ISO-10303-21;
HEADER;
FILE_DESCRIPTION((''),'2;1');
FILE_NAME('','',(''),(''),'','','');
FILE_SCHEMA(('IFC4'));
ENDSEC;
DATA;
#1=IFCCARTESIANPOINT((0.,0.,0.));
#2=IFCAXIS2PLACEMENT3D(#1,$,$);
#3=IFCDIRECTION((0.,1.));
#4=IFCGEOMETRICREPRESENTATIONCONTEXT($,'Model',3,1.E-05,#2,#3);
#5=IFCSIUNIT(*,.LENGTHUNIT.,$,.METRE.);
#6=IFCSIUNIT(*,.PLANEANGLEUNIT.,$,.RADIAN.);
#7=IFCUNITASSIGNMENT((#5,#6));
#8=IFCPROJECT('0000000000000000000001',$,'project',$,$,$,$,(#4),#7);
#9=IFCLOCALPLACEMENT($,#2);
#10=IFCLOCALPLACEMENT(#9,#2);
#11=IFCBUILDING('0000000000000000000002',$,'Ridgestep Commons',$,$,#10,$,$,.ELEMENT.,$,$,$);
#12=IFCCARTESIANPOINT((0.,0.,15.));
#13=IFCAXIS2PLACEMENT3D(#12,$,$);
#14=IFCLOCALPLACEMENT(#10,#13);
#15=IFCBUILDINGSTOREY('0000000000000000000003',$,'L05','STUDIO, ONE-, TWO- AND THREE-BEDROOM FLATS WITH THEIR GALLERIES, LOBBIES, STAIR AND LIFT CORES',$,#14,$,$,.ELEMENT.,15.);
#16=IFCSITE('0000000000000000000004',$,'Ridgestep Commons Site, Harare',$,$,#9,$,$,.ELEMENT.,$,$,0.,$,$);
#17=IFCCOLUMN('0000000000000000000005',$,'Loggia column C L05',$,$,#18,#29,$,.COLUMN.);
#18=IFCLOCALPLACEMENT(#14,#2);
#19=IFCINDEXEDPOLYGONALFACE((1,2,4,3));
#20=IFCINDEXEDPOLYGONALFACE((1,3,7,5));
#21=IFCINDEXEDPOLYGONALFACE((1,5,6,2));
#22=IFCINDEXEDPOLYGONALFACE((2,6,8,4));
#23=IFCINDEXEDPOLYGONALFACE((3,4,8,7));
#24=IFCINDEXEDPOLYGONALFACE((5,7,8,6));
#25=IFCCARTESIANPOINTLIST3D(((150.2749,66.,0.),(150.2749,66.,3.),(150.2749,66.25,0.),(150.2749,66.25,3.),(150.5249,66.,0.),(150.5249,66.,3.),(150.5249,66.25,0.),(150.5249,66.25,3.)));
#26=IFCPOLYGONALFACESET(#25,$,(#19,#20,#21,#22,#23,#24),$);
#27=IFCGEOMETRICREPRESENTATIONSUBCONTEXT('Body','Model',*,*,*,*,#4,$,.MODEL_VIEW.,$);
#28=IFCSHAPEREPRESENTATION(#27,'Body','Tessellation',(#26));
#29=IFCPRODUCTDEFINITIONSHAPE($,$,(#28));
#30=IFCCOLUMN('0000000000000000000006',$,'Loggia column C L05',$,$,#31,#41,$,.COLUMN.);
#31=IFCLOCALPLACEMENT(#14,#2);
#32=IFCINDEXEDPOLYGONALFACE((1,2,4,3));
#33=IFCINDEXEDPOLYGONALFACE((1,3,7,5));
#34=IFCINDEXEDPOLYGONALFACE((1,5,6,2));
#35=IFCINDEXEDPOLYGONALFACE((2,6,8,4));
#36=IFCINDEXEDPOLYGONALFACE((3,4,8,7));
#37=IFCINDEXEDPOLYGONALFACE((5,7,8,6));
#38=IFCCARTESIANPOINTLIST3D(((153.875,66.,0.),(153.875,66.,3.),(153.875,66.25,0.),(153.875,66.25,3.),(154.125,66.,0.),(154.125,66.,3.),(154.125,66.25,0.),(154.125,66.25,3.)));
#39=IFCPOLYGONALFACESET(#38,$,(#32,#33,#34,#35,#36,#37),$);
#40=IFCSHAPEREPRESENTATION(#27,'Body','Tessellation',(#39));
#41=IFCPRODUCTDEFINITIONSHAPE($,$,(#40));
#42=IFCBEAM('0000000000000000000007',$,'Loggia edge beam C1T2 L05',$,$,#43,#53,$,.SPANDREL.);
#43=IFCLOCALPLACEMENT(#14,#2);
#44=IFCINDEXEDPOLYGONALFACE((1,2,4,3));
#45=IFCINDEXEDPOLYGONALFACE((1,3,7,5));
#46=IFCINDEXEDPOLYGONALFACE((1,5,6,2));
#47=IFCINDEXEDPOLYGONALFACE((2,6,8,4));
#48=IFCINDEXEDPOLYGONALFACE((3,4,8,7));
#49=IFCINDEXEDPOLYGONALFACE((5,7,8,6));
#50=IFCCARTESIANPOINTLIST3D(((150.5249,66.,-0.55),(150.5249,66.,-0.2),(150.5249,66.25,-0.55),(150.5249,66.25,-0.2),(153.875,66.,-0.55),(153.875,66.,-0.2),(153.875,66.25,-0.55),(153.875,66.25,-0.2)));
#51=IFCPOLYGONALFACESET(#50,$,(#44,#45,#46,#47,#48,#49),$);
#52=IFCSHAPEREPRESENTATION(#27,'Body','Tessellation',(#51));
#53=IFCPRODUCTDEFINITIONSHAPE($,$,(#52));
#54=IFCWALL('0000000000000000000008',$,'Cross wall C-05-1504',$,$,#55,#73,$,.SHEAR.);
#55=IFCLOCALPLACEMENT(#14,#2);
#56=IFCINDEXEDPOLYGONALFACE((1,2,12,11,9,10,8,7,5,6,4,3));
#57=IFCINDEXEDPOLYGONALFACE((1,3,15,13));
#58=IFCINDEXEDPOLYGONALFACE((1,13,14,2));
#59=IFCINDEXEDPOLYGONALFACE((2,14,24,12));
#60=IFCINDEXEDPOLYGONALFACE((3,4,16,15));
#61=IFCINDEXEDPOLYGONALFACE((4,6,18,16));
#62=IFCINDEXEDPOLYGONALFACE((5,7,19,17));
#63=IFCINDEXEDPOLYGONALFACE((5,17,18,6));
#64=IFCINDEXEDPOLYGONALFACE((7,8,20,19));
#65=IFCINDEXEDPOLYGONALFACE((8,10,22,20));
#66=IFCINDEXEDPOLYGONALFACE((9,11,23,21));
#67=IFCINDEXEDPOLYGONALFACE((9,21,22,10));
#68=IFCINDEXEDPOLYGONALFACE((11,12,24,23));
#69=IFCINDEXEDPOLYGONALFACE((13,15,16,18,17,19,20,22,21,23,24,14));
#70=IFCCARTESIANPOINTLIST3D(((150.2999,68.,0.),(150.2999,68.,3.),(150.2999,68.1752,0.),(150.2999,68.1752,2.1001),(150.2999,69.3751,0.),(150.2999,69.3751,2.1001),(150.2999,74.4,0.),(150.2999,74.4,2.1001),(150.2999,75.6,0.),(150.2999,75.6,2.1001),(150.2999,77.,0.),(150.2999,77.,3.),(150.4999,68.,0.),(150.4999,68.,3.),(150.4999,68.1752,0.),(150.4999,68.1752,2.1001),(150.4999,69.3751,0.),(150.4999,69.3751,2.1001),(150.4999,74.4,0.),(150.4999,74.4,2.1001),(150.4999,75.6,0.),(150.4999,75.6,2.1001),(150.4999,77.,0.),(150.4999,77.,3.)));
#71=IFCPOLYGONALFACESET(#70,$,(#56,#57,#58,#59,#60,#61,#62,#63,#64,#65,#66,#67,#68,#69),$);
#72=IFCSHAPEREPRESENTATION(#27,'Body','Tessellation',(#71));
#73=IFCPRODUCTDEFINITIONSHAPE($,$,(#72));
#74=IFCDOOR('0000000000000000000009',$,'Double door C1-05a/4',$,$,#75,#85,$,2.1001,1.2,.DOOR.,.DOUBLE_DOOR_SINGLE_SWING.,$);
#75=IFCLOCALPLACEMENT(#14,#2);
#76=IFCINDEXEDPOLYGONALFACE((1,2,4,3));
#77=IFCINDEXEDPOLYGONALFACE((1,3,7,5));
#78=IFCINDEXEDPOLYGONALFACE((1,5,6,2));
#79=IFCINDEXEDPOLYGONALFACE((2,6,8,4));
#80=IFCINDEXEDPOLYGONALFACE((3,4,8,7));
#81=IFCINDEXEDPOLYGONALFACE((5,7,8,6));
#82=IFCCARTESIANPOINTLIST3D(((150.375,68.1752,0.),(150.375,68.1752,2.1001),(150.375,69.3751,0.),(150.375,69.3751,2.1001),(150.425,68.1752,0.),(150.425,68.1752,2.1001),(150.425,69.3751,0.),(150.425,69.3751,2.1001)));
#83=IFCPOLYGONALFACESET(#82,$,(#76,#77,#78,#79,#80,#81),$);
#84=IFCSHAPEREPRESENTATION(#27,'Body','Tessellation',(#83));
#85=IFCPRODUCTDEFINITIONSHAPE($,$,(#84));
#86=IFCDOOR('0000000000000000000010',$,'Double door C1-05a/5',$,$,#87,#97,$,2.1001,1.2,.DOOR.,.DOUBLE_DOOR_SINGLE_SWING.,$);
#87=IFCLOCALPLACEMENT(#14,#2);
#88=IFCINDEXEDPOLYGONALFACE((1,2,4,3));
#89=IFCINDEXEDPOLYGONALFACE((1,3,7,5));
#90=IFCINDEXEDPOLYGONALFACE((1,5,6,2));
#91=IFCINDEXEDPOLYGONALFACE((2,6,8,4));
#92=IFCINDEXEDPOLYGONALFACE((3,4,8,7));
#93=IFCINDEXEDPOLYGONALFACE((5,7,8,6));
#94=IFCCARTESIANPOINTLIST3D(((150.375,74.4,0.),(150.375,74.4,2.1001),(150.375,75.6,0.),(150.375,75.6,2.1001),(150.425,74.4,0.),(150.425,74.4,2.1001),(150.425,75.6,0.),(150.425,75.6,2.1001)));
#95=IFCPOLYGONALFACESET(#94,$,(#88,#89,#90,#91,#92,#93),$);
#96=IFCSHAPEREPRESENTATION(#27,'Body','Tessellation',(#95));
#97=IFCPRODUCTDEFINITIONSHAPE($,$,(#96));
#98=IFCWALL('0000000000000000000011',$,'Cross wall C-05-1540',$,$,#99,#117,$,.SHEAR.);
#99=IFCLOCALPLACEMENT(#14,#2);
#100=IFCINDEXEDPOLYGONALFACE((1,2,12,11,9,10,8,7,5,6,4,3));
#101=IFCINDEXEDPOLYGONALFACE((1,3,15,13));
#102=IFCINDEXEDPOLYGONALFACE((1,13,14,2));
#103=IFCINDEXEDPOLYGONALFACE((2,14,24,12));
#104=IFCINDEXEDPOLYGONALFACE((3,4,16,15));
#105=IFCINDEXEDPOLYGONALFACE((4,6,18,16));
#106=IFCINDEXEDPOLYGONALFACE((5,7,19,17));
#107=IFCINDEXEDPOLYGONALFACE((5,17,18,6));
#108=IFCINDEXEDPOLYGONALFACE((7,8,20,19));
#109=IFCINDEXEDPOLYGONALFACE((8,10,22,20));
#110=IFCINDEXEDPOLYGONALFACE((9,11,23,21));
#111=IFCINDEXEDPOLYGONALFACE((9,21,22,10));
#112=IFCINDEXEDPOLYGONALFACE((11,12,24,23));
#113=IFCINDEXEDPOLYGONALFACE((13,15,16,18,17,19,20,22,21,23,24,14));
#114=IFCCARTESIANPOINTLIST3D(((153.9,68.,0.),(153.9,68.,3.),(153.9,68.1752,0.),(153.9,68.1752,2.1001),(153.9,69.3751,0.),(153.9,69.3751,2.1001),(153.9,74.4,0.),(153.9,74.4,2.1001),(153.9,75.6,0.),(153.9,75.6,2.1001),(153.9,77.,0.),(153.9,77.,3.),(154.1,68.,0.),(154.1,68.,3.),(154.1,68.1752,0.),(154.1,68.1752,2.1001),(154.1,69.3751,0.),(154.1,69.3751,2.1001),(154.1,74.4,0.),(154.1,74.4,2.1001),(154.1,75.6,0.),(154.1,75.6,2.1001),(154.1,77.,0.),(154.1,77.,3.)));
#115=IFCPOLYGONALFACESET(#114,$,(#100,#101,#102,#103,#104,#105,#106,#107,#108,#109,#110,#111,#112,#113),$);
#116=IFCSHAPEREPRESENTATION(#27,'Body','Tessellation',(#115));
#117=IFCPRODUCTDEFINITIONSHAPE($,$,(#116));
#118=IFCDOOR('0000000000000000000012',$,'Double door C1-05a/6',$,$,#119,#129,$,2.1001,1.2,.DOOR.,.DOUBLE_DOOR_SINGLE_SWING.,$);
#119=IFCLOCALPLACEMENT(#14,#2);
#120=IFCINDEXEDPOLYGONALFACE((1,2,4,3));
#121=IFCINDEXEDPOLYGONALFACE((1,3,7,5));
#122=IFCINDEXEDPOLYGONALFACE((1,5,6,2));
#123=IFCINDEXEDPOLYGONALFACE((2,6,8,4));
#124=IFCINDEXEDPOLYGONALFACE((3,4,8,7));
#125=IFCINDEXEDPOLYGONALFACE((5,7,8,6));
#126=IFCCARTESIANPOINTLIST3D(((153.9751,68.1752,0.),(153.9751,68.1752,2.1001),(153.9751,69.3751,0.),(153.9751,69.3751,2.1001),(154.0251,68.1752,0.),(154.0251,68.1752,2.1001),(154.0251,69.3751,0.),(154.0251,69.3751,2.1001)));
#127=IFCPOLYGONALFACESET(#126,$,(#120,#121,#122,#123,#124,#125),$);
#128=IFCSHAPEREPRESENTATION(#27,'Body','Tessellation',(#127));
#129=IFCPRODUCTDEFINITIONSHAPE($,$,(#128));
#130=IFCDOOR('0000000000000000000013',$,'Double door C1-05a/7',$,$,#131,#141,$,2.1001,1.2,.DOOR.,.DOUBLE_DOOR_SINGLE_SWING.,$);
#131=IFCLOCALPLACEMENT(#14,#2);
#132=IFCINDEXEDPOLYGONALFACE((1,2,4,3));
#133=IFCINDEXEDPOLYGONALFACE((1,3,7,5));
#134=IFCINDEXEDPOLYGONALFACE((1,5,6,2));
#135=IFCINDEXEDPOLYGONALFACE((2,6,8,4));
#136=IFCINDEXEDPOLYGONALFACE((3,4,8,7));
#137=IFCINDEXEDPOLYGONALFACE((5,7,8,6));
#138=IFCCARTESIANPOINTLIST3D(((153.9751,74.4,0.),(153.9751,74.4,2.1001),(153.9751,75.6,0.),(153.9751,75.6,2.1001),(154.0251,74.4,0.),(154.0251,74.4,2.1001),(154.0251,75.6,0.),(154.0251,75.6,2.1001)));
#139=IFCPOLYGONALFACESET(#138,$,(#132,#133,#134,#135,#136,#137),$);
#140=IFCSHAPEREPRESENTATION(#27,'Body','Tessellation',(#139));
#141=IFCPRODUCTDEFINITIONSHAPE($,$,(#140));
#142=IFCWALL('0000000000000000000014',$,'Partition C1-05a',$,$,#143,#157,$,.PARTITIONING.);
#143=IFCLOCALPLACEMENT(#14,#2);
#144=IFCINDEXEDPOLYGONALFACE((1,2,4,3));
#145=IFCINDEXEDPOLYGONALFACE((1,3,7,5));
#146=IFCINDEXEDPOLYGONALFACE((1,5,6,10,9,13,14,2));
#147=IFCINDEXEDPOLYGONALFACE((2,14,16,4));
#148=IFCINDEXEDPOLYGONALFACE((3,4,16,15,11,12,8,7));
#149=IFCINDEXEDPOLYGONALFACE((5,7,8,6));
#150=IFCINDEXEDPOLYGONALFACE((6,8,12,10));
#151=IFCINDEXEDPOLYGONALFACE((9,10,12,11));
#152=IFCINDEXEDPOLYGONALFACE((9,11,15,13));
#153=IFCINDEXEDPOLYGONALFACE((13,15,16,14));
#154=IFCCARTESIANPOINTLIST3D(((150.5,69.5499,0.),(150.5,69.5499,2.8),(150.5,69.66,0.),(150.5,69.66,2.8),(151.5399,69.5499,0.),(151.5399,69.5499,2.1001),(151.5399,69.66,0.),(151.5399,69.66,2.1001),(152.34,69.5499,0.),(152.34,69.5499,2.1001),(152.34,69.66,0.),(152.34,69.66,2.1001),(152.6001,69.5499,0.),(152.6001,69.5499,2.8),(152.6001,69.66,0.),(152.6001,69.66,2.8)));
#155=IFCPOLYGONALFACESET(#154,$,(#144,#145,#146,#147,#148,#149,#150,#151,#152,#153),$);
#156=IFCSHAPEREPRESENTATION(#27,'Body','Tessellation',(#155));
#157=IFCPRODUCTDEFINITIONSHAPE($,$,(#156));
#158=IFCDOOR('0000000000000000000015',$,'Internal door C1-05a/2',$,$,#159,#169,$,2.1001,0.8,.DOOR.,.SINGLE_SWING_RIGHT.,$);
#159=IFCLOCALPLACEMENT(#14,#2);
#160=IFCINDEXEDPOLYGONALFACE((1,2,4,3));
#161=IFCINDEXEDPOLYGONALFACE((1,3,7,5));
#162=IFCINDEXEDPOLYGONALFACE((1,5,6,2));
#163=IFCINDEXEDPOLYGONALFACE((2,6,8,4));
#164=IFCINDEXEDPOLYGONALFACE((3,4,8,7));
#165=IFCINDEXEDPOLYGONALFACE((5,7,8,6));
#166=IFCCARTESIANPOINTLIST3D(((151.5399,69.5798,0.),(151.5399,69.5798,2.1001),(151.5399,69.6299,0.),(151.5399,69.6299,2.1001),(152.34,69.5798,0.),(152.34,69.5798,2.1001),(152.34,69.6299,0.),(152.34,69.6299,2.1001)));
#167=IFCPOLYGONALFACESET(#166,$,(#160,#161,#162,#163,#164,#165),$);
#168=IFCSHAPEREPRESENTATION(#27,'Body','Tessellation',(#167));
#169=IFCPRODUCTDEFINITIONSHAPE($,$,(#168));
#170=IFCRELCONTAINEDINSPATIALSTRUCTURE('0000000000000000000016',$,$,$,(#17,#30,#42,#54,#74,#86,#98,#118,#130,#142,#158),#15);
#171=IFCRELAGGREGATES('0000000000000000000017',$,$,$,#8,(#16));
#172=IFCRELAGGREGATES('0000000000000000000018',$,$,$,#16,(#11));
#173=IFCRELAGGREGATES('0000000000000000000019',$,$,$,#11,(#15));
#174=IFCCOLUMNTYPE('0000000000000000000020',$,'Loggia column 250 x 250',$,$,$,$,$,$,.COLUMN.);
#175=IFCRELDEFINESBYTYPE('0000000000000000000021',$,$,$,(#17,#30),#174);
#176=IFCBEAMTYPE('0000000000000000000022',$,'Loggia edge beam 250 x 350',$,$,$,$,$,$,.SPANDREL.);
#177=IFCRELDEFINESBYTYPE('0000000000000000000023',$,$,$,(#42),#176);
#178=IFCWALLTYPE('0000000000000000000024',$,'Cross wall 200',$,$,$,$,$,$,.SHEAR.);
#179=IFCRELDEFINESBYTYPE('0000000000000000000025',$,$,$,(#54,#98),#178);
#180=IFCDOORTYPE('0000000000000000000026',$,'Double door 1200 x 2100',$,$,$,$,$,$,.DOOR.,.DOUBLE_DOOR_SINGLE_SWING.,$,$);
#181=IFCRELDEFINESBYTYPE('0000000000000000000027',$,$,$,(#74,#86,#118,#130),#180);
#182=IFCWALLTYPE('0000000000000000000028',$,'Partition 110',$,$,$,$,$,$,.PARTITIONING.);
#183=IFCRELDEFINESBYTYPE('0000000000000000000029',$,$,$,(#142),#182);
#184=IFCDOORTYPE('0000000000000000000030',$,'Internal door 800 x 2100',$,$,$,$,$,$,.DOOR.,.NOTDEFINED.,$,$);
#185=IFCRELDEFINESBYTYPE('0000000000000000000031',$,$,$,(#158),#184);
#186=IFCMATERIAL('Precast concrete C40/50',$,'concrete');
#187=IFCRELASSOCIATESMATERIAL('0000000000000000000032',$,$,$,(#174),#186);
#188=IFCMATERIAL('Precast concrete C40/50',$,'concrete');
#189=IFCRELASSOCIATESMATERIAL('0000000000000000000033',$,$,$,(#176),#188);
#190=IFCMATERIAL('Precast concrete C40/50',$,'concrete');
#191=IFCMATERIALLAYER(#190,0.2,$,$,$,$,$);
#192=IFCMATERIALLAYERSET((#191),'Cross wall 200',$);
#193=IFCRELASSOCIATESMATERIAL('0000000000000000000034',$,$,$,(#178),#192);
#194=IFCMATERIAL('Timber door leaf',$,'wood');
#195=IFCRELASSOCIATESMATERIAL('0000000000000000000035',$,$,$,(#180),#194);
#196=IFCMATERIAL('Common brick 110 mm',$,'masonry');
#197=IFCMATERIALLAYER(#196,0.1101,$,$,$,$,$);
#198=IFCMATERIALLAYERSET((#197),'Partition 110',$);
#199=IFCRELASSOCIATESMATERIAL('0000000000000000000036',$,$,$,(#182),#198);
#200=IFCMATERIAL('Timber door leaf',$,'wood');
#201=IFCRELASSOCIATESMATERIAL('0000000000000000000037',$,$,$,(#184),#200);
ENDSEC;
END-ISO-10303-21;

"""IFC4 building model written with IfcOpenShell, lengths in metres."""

from ifc_helpers import new_model, si_unit, direction, frame, frame_2d, origin, origin_2d, place, context, subcontext, project, spatial, rectangle, extrude, material, layer, layer_set, material_profile, profile_set, type_object, element, fill, save


model = new_model("IFC4")

# Units and contexts
model_context = context("Model", 3, precision=1e-05, world=origin(), true_north=direction((0.0, 1.0)))
body_context = subcontext(model_context, "Body", "Model", "MODEL_VIEW")
ifc_project = project(units=[si_unit("LENGTHUNIT", "METRE"), si_unit("PLANEANGLEUNIT", "RADIAN")], contexts=[model_context])

# Site, building, storey
site_placement = place(None, origin())
site = spatial("IfcSite", under=ifc_project, at=site_placement, Name="Ridgestep Commons Site, Harare", CompositionType="ELEMENT", RefElevation=0.0)
building_placement = place(site_placement, origin())
building = spatial("IfcBuilding", under=site, at=building_placement, Name="Ridgestep Commons", CompositionType="ELEMENT")
storey_placement = place(building_placement, frame((0.0, 0.0, 15.0)))
storey = spatial("IfcBuildingStorey", under=building, at=storey_placement, Name="L05", Description="STUDIO, ONE-, TWO- AND THREE-BEDROOM FLATS WITH THEIR GALLERIES, LOBBIES, STAIR AND LIFT CORES", CompositionType="ELEMENT", Elevation=15.0)

# Columns
ifc_material_1 = material(Name="Precast concrete C40/50", Category="concrete")
ifc_material_profile_1 = material_profile(ifc_material_1, rectangle(XDim=0.25, YDim=0.25, at=origin_2d()), Name="PC 250x250")
ifc_profile_set_1 = profile_set([ifc_material_profile_1], Name="Precast concrete C40/50")
column_type = type_object("IfcColumnType", Name="Loggia column 250 x 250", PredefinedType="COLUMN", material=ifc_profile_set_1)
for number, where, z_axis, x_axis, name in (
    (1, (150.3999, 66.125, 0.0), (0.0, 0.0, 1.0), (1.0, 0.0, 0.0), "Loggia column C L05"),
    (2, (154.0, 66.125, 0.0), (0.0, 0.0, 1.0), (1.0, 0.0, 0.0), "Loggia column C L05"),
):
    element("IfcColumn", number, at=place(storey_placement, frame(where, z_axis=z_axis, x_axis=x_axis)), inside=storey, type_object=column_type, Name=name, PredefinedType="COLUMN", context=body_context, shape_type="SweptSolid", body=[
        extrude(rectangle(XDim=0.25, YDim=0.25, at=origin_2d()), origin(), (0.0, 0.0, 1.0), 3.0),
    ])

# Beam
ifc_material_2 = material(Name="Precast concrete C40/50", Category="concrete")
ifc_material_profile_2 = material_profile(ifc_material_2, rectangle(XDim=0.25, YDim=0.3501, at=origin_2d()), Name="PC 250x350")
ifc_profile_set_2 = profile_set([ifc_material_profile_2], Name="Precast concrete C40/50")
beam_type = type_object("IfcBeamType", Name="Loggia edge beam 250 x 350", PredefinedType="SPANDREL", material=ifc_profile_set_2)
beam_placement = place(storey_placement, frame((150.5249, 66.125, -0.375), z_axis=(1.0, 0.0, 0.0), x_axis=(0.0, 1.0, 0.0)))
element("IfcBeam", 3, at=beam_placement, inside=storey, type_object=beam_type, Name="Loggia edge beam C1T2 L05", PredefinedType="SPANDREL", context=body_context, shape_type="SweptSolid", body=[
    extrude(rectangle(XDim=0.25, YDim=0.3501, at=origin_2d()), origin(), (0.0, 0.0, 1.0), 3.3501),
])

# Walls, openings, doors
ifc_material_3 = material(Name="Precast concrete C40/50", Category="concrete")
ifc_layer_1 = layer(ifc_material_3, 0.2)
ifc_layer_set_1 = layer_set([ifc_layer_1], Name="Cross wall 200")
wall_type_1 = type_object("IfcWallType", Name="Cross wall 200", PredefinedType="SHEAR", material=ifc_layer_set_1)
wall_1_placement = place(storey_placement, frame((150.3999, 68.0, 0.0), z_axis=(0.0, 0.0, 1.0), x_axis=(0.0, 1.0, 0.0)))
wall_1 = element("IfcWall", 4, at=wall_1_placement, inside=storey, type_object=wall_type_1, Name="Cross wall C-05-1504", PredefinedType="SHEAR", context=body_context, shape_type="SweptSolid", body=[
    extrude(rectangle(XDim=9.0, YDim=0.2, at=frame_2d((4.5, 0.0))), origin(), (0.0, 0.0, 1.0), 3.0),
])
opening_1_placement = place(wall_1_placement, frame((0.175, 0.0, 0.0)))
opening_1 = element("IfcOpeningElement", 5, at=opening_1_placement, cuts=wall_1, PredefinedType="OPENING", context=body_context, shape_type="SweptSolid", body=[
    extrude(rectangle(XDim=1.2, YDim=2.1001, at=frame_2d((0.6001, 1.05))), frame((0.0, 0.1099, 0.0), z_axis=(0.0, -1.0, 0.0), x_axis=(1.0, 0.0, 0.0)), (0.0, 0.0, 1.0), 0.22),
])
opening_2_placement = place(wall_1_placement, frame((6.3999, 0.0, 0.0)))
opening_2 = element("IfcOpeningElement", 6, at=opening_2_placement, cuts=wall_1, PredefinedType="OPENING", context=body_context, shape_type="SweptSolid", body=[
    extrude(rectangle(XDim=1.2, YDim=2.1001, at=frame_2d((0.6001, 1.05))), frame((0.0, 0.1099, 0.0), z_axis=(0.0, -1.0, 0.0), x_axis=(1.0, 0.0, 0.0)), (0.0, 0.0, 1.0), 0.22),
])
ifc_material_4 = material(Name="Timber door leaf", Category="wood")
door_type_1 = type_object("IfcDoorType", Name="Double door 1200 x 2100", OperationType="DOUBLE_DOOR_SINGLE_SWING", PredefinedType="DOOR", material=ifc_material_4)
door_1_placement = place(opening_1_placement, origin())
door_1 = element("IfcDoor", 7, at=door_1_placement, inside=storey, type_object=door_type_1, Name="Double door C1-05a/4", OperationType="DOUBLE_DOOR_SINGLE_SWING", OverallHeight=2.1001, OverallWidth=1.2, PredefinedType="DOOR", context=body_context, shape_type="SweptSolid", body=[
    extrude(rectangle(XDim=1.2, YDim=2.1001, at=frame_2d((0.6001, 1.05))), frame((0.0, 0.0249, 0.0), z_axis=(0.0, -1.0, 0.0), x_axis=(1.0, 0.0, 0.0)), (0.0, 0.0, 1.0), 0.05),
])
fill(opening_1, door_1)
door_2_placement = place(opening_2_placement, origin())
door_2 = element("IfcDoor", 8, at=door_2_placement, inside=storey, type_object=door_type_1, Name="Double door C1-05a/5", OperationType="DOUBLE_DOOR_SINGLE_SWING", OverallHeight=2.1001, OverallWidth=1.2, PredefinedType="DOOR", context=body_context, shape_type="SweptSolid", body=[
    extrude(rectangle(XDim=1.2, YDim=2.1001, at=frame_2d((0.6001, 1.05))), frame((0.0, 0.0249, 0.0), z_axis=(0.0, -1.0, 0.0), x_axis=(1.0, 0.0, 0.0)), (0.0, 0.0, 1.0), 0.05),
])
fill(opening_2, door_2)
wall_2_placement = place(storey_placement, frame((154.0, 68.0, 0.0), z_axis=(0.0, 0.0, 1.0), x_axis=(0.0, 1.0, 0.0)))
wall_2 = element("IfcWall", 9, at=wall_2_placement, inside=storey, type_object=wall_type_1, Name="Cross wall C-05-1540", PredefinedType="SHEAR", context=body_context, shape_type="SweptSolid", body=[
    extrude(rectangle(XDim=9.0, YDim=0.2, at=frame_2d((4.5, 0.0))), origin(), (0.0, 0.0, 1.0), 3.0),
])
opening_3_placement = place(wall_2_placement, frame((0.175, 0.0, 0.0)))
opening_3 = element("IfcOpeningElement", 10, at=opening_3_placement, cuts=wall_2, PredefinedType="OPENING", context=body_context, shape_type="SweptSolid", body=[
    extrude(rectangle(XDim=1.2, YDim=2.1001, at=frame_2d((0.6001, 1.05))), frame((0.0, 0.1099, 0.0), z_axis=(0.0, -1.0, 0.0), x_axis=(1.0, 0.0, 0.0)), (0.0, 0.0, 1.0), 0.22),
])
opening_4_placement = place(wall_2_placement, frame((6.3999, 0.0, 0.0)))
opening_4 = element("IfcOpeningElement", 11, at=opening_4_placement, cuts=wall_2, PredefinedType="OPENING", context=body_context, shape_type="SweptSolid", body=[
    extrude(rectangle(XDim=1.2, YDim=2.1001, at=frame_2d((0.6001, 1.05))), frame((0.0, 0.1099, 0.0), z_axis=(0.0, -1.0, 0.0), x_axis=(1.0, 0.0, 0.0)), (0.0, 0.0, 1.0), 0.22),
])
door_3_placement = place(opening_3_placement, origin())
door_3 = element("IfcDoor", 12, at=door_3_placement, inside=storey, type_object=door_type_1, Name="Double door C1-05a/6", OperationType="DOUBLE_DOOR_SINGLE_SWING", OverallHeight=2.1001, OverallWidth=1.2, PredefinedType="DOOR", context=body_context, shape_type="SweptSolid", body=[
    extrude(rectangle(XDim=1.2, YDim=2.1001, at=frame_2d((0.6001, 1.05))), frame((0.0, 0.0249, 0.0), z_axis=(0.0, -1.0, 0.0), x_axis=(1.0, 0.0, 0.0)), (0.0, 0.0, 1.0), 0.05),
])
fill(opening_3, door_3)
door_4_placement = place(opening_4_placement, origin())
door_4 = element("IfcDoor", 13, at=door_4_placement, inside=storey, type_object=door_type_1, Name="Double door C1-05a/7", OperationType="DOUBLE_DOOR_SINGLE_SWING", OverallHeight=2.1001, OverallWidth=1.2, PredefinedType="DOOR", context=body_context, shape_type="SweptSolid", body=[
    extrude(rectangle(XDim=1.2, YDim=2.1001, at=frame_2d((0.6001, 1.05))), frame((0.0, 0.0249, 0.0), z_axis=(0.0, -1.0, 0.0), x_axis=(1.0, 0.0, 0.0)), (0.0, 0.0, 1.0), 0.05),
])
fill(opening_4, door_4)

# Wall, opening, door
ifc_material_5 = material(Name="Common brick 110 mm", Category="masonry")
ifc_layer_2 = layer(ifc_material_5, 0.1101)
ifc_layer_set_2 = layer_set([ifc_layer_2], Name="Partition 110")
wall_type_2 = type_object("IfcWallType", Name="Partition 110", PredefinedType="PARTITIONING", material=ifc_layer_set_2)
wall_3_placement = place(storey_placement, frame((150.5, 69.605, 0.0), z_axis=(0.0, 0.0, 1.0), x_axis=(1.0, 0.0, 0.0)))
wall_3 = element("IfcWall", 14, at=wall_3_placement, inside=storey, type_object=wall_type_2, Name="Partition C1-05a", PredefinedType="PARTITIONING", context=body_context, shape_type="SweptSolid", body=[
    extrude(rectangle(XDim=2.1001, YDim=0.1101, at=frame_2d((1.05, 0.0))), origin(), (0.0, 0.0, 1.0), 2.8),
])
opening_5_placement = place(wall_3_placement, frame((1.04, 0.0, 0.0)))
opening_5 = element("IfcOpeningElement", 15, at=opening_5_placement, cuts=wall_3, PredefinedType="OPENING", context=body_context, shape_type="SweptSolid", body=[
    extrude(rectangle(XDim=0.8, YDim=2.1001, at=frame_2d((0.3999, 1.05))), frame((0.0, 0.0649, 0.0), z_axis=(0.0, -1.0, 0.0), x_axis=(1.0, 0.0, 0.0)), (0.0, 0.0, 1.0), 0.1301),
])
ifc_material_6 = material(Name="Timber door leaf", Category="wood")
door_type_2 = type_object("IfcDoorType", Name="Internal door 800 x 2100", OperationType="NOTDEFINED", PredefinedType="DOOR", material=ifc_material_6)
door_5_placement = place(opening_5_placement, origin())
door_5 = element("IfcDoor", 16, at=door_5_placement, inside=storey, type_object=door_type_2, Name="Internal door C1-05a/2", OperationType="SINGLE_SWING_RIGHT", OverallHeight=2.1001, OverallWidth=0.8, PredefinedType="DOOR", context=body_context, shape_type="SweptSolid", body=[
    extrude(rectangle(XDim=0.8, YDim=2.1001, at=frame_2d((0.3999, 1.05))), frame((0.0, 0.0249, 0.0), z_axis=(0.0, -1.0, 0.0), x_axis=(1.0, 0.0, 0.0)), (0.0, 0.0, 1.0), 0.05),
])
fill(opening_5, door_5)

save(model, "model.ifc")
